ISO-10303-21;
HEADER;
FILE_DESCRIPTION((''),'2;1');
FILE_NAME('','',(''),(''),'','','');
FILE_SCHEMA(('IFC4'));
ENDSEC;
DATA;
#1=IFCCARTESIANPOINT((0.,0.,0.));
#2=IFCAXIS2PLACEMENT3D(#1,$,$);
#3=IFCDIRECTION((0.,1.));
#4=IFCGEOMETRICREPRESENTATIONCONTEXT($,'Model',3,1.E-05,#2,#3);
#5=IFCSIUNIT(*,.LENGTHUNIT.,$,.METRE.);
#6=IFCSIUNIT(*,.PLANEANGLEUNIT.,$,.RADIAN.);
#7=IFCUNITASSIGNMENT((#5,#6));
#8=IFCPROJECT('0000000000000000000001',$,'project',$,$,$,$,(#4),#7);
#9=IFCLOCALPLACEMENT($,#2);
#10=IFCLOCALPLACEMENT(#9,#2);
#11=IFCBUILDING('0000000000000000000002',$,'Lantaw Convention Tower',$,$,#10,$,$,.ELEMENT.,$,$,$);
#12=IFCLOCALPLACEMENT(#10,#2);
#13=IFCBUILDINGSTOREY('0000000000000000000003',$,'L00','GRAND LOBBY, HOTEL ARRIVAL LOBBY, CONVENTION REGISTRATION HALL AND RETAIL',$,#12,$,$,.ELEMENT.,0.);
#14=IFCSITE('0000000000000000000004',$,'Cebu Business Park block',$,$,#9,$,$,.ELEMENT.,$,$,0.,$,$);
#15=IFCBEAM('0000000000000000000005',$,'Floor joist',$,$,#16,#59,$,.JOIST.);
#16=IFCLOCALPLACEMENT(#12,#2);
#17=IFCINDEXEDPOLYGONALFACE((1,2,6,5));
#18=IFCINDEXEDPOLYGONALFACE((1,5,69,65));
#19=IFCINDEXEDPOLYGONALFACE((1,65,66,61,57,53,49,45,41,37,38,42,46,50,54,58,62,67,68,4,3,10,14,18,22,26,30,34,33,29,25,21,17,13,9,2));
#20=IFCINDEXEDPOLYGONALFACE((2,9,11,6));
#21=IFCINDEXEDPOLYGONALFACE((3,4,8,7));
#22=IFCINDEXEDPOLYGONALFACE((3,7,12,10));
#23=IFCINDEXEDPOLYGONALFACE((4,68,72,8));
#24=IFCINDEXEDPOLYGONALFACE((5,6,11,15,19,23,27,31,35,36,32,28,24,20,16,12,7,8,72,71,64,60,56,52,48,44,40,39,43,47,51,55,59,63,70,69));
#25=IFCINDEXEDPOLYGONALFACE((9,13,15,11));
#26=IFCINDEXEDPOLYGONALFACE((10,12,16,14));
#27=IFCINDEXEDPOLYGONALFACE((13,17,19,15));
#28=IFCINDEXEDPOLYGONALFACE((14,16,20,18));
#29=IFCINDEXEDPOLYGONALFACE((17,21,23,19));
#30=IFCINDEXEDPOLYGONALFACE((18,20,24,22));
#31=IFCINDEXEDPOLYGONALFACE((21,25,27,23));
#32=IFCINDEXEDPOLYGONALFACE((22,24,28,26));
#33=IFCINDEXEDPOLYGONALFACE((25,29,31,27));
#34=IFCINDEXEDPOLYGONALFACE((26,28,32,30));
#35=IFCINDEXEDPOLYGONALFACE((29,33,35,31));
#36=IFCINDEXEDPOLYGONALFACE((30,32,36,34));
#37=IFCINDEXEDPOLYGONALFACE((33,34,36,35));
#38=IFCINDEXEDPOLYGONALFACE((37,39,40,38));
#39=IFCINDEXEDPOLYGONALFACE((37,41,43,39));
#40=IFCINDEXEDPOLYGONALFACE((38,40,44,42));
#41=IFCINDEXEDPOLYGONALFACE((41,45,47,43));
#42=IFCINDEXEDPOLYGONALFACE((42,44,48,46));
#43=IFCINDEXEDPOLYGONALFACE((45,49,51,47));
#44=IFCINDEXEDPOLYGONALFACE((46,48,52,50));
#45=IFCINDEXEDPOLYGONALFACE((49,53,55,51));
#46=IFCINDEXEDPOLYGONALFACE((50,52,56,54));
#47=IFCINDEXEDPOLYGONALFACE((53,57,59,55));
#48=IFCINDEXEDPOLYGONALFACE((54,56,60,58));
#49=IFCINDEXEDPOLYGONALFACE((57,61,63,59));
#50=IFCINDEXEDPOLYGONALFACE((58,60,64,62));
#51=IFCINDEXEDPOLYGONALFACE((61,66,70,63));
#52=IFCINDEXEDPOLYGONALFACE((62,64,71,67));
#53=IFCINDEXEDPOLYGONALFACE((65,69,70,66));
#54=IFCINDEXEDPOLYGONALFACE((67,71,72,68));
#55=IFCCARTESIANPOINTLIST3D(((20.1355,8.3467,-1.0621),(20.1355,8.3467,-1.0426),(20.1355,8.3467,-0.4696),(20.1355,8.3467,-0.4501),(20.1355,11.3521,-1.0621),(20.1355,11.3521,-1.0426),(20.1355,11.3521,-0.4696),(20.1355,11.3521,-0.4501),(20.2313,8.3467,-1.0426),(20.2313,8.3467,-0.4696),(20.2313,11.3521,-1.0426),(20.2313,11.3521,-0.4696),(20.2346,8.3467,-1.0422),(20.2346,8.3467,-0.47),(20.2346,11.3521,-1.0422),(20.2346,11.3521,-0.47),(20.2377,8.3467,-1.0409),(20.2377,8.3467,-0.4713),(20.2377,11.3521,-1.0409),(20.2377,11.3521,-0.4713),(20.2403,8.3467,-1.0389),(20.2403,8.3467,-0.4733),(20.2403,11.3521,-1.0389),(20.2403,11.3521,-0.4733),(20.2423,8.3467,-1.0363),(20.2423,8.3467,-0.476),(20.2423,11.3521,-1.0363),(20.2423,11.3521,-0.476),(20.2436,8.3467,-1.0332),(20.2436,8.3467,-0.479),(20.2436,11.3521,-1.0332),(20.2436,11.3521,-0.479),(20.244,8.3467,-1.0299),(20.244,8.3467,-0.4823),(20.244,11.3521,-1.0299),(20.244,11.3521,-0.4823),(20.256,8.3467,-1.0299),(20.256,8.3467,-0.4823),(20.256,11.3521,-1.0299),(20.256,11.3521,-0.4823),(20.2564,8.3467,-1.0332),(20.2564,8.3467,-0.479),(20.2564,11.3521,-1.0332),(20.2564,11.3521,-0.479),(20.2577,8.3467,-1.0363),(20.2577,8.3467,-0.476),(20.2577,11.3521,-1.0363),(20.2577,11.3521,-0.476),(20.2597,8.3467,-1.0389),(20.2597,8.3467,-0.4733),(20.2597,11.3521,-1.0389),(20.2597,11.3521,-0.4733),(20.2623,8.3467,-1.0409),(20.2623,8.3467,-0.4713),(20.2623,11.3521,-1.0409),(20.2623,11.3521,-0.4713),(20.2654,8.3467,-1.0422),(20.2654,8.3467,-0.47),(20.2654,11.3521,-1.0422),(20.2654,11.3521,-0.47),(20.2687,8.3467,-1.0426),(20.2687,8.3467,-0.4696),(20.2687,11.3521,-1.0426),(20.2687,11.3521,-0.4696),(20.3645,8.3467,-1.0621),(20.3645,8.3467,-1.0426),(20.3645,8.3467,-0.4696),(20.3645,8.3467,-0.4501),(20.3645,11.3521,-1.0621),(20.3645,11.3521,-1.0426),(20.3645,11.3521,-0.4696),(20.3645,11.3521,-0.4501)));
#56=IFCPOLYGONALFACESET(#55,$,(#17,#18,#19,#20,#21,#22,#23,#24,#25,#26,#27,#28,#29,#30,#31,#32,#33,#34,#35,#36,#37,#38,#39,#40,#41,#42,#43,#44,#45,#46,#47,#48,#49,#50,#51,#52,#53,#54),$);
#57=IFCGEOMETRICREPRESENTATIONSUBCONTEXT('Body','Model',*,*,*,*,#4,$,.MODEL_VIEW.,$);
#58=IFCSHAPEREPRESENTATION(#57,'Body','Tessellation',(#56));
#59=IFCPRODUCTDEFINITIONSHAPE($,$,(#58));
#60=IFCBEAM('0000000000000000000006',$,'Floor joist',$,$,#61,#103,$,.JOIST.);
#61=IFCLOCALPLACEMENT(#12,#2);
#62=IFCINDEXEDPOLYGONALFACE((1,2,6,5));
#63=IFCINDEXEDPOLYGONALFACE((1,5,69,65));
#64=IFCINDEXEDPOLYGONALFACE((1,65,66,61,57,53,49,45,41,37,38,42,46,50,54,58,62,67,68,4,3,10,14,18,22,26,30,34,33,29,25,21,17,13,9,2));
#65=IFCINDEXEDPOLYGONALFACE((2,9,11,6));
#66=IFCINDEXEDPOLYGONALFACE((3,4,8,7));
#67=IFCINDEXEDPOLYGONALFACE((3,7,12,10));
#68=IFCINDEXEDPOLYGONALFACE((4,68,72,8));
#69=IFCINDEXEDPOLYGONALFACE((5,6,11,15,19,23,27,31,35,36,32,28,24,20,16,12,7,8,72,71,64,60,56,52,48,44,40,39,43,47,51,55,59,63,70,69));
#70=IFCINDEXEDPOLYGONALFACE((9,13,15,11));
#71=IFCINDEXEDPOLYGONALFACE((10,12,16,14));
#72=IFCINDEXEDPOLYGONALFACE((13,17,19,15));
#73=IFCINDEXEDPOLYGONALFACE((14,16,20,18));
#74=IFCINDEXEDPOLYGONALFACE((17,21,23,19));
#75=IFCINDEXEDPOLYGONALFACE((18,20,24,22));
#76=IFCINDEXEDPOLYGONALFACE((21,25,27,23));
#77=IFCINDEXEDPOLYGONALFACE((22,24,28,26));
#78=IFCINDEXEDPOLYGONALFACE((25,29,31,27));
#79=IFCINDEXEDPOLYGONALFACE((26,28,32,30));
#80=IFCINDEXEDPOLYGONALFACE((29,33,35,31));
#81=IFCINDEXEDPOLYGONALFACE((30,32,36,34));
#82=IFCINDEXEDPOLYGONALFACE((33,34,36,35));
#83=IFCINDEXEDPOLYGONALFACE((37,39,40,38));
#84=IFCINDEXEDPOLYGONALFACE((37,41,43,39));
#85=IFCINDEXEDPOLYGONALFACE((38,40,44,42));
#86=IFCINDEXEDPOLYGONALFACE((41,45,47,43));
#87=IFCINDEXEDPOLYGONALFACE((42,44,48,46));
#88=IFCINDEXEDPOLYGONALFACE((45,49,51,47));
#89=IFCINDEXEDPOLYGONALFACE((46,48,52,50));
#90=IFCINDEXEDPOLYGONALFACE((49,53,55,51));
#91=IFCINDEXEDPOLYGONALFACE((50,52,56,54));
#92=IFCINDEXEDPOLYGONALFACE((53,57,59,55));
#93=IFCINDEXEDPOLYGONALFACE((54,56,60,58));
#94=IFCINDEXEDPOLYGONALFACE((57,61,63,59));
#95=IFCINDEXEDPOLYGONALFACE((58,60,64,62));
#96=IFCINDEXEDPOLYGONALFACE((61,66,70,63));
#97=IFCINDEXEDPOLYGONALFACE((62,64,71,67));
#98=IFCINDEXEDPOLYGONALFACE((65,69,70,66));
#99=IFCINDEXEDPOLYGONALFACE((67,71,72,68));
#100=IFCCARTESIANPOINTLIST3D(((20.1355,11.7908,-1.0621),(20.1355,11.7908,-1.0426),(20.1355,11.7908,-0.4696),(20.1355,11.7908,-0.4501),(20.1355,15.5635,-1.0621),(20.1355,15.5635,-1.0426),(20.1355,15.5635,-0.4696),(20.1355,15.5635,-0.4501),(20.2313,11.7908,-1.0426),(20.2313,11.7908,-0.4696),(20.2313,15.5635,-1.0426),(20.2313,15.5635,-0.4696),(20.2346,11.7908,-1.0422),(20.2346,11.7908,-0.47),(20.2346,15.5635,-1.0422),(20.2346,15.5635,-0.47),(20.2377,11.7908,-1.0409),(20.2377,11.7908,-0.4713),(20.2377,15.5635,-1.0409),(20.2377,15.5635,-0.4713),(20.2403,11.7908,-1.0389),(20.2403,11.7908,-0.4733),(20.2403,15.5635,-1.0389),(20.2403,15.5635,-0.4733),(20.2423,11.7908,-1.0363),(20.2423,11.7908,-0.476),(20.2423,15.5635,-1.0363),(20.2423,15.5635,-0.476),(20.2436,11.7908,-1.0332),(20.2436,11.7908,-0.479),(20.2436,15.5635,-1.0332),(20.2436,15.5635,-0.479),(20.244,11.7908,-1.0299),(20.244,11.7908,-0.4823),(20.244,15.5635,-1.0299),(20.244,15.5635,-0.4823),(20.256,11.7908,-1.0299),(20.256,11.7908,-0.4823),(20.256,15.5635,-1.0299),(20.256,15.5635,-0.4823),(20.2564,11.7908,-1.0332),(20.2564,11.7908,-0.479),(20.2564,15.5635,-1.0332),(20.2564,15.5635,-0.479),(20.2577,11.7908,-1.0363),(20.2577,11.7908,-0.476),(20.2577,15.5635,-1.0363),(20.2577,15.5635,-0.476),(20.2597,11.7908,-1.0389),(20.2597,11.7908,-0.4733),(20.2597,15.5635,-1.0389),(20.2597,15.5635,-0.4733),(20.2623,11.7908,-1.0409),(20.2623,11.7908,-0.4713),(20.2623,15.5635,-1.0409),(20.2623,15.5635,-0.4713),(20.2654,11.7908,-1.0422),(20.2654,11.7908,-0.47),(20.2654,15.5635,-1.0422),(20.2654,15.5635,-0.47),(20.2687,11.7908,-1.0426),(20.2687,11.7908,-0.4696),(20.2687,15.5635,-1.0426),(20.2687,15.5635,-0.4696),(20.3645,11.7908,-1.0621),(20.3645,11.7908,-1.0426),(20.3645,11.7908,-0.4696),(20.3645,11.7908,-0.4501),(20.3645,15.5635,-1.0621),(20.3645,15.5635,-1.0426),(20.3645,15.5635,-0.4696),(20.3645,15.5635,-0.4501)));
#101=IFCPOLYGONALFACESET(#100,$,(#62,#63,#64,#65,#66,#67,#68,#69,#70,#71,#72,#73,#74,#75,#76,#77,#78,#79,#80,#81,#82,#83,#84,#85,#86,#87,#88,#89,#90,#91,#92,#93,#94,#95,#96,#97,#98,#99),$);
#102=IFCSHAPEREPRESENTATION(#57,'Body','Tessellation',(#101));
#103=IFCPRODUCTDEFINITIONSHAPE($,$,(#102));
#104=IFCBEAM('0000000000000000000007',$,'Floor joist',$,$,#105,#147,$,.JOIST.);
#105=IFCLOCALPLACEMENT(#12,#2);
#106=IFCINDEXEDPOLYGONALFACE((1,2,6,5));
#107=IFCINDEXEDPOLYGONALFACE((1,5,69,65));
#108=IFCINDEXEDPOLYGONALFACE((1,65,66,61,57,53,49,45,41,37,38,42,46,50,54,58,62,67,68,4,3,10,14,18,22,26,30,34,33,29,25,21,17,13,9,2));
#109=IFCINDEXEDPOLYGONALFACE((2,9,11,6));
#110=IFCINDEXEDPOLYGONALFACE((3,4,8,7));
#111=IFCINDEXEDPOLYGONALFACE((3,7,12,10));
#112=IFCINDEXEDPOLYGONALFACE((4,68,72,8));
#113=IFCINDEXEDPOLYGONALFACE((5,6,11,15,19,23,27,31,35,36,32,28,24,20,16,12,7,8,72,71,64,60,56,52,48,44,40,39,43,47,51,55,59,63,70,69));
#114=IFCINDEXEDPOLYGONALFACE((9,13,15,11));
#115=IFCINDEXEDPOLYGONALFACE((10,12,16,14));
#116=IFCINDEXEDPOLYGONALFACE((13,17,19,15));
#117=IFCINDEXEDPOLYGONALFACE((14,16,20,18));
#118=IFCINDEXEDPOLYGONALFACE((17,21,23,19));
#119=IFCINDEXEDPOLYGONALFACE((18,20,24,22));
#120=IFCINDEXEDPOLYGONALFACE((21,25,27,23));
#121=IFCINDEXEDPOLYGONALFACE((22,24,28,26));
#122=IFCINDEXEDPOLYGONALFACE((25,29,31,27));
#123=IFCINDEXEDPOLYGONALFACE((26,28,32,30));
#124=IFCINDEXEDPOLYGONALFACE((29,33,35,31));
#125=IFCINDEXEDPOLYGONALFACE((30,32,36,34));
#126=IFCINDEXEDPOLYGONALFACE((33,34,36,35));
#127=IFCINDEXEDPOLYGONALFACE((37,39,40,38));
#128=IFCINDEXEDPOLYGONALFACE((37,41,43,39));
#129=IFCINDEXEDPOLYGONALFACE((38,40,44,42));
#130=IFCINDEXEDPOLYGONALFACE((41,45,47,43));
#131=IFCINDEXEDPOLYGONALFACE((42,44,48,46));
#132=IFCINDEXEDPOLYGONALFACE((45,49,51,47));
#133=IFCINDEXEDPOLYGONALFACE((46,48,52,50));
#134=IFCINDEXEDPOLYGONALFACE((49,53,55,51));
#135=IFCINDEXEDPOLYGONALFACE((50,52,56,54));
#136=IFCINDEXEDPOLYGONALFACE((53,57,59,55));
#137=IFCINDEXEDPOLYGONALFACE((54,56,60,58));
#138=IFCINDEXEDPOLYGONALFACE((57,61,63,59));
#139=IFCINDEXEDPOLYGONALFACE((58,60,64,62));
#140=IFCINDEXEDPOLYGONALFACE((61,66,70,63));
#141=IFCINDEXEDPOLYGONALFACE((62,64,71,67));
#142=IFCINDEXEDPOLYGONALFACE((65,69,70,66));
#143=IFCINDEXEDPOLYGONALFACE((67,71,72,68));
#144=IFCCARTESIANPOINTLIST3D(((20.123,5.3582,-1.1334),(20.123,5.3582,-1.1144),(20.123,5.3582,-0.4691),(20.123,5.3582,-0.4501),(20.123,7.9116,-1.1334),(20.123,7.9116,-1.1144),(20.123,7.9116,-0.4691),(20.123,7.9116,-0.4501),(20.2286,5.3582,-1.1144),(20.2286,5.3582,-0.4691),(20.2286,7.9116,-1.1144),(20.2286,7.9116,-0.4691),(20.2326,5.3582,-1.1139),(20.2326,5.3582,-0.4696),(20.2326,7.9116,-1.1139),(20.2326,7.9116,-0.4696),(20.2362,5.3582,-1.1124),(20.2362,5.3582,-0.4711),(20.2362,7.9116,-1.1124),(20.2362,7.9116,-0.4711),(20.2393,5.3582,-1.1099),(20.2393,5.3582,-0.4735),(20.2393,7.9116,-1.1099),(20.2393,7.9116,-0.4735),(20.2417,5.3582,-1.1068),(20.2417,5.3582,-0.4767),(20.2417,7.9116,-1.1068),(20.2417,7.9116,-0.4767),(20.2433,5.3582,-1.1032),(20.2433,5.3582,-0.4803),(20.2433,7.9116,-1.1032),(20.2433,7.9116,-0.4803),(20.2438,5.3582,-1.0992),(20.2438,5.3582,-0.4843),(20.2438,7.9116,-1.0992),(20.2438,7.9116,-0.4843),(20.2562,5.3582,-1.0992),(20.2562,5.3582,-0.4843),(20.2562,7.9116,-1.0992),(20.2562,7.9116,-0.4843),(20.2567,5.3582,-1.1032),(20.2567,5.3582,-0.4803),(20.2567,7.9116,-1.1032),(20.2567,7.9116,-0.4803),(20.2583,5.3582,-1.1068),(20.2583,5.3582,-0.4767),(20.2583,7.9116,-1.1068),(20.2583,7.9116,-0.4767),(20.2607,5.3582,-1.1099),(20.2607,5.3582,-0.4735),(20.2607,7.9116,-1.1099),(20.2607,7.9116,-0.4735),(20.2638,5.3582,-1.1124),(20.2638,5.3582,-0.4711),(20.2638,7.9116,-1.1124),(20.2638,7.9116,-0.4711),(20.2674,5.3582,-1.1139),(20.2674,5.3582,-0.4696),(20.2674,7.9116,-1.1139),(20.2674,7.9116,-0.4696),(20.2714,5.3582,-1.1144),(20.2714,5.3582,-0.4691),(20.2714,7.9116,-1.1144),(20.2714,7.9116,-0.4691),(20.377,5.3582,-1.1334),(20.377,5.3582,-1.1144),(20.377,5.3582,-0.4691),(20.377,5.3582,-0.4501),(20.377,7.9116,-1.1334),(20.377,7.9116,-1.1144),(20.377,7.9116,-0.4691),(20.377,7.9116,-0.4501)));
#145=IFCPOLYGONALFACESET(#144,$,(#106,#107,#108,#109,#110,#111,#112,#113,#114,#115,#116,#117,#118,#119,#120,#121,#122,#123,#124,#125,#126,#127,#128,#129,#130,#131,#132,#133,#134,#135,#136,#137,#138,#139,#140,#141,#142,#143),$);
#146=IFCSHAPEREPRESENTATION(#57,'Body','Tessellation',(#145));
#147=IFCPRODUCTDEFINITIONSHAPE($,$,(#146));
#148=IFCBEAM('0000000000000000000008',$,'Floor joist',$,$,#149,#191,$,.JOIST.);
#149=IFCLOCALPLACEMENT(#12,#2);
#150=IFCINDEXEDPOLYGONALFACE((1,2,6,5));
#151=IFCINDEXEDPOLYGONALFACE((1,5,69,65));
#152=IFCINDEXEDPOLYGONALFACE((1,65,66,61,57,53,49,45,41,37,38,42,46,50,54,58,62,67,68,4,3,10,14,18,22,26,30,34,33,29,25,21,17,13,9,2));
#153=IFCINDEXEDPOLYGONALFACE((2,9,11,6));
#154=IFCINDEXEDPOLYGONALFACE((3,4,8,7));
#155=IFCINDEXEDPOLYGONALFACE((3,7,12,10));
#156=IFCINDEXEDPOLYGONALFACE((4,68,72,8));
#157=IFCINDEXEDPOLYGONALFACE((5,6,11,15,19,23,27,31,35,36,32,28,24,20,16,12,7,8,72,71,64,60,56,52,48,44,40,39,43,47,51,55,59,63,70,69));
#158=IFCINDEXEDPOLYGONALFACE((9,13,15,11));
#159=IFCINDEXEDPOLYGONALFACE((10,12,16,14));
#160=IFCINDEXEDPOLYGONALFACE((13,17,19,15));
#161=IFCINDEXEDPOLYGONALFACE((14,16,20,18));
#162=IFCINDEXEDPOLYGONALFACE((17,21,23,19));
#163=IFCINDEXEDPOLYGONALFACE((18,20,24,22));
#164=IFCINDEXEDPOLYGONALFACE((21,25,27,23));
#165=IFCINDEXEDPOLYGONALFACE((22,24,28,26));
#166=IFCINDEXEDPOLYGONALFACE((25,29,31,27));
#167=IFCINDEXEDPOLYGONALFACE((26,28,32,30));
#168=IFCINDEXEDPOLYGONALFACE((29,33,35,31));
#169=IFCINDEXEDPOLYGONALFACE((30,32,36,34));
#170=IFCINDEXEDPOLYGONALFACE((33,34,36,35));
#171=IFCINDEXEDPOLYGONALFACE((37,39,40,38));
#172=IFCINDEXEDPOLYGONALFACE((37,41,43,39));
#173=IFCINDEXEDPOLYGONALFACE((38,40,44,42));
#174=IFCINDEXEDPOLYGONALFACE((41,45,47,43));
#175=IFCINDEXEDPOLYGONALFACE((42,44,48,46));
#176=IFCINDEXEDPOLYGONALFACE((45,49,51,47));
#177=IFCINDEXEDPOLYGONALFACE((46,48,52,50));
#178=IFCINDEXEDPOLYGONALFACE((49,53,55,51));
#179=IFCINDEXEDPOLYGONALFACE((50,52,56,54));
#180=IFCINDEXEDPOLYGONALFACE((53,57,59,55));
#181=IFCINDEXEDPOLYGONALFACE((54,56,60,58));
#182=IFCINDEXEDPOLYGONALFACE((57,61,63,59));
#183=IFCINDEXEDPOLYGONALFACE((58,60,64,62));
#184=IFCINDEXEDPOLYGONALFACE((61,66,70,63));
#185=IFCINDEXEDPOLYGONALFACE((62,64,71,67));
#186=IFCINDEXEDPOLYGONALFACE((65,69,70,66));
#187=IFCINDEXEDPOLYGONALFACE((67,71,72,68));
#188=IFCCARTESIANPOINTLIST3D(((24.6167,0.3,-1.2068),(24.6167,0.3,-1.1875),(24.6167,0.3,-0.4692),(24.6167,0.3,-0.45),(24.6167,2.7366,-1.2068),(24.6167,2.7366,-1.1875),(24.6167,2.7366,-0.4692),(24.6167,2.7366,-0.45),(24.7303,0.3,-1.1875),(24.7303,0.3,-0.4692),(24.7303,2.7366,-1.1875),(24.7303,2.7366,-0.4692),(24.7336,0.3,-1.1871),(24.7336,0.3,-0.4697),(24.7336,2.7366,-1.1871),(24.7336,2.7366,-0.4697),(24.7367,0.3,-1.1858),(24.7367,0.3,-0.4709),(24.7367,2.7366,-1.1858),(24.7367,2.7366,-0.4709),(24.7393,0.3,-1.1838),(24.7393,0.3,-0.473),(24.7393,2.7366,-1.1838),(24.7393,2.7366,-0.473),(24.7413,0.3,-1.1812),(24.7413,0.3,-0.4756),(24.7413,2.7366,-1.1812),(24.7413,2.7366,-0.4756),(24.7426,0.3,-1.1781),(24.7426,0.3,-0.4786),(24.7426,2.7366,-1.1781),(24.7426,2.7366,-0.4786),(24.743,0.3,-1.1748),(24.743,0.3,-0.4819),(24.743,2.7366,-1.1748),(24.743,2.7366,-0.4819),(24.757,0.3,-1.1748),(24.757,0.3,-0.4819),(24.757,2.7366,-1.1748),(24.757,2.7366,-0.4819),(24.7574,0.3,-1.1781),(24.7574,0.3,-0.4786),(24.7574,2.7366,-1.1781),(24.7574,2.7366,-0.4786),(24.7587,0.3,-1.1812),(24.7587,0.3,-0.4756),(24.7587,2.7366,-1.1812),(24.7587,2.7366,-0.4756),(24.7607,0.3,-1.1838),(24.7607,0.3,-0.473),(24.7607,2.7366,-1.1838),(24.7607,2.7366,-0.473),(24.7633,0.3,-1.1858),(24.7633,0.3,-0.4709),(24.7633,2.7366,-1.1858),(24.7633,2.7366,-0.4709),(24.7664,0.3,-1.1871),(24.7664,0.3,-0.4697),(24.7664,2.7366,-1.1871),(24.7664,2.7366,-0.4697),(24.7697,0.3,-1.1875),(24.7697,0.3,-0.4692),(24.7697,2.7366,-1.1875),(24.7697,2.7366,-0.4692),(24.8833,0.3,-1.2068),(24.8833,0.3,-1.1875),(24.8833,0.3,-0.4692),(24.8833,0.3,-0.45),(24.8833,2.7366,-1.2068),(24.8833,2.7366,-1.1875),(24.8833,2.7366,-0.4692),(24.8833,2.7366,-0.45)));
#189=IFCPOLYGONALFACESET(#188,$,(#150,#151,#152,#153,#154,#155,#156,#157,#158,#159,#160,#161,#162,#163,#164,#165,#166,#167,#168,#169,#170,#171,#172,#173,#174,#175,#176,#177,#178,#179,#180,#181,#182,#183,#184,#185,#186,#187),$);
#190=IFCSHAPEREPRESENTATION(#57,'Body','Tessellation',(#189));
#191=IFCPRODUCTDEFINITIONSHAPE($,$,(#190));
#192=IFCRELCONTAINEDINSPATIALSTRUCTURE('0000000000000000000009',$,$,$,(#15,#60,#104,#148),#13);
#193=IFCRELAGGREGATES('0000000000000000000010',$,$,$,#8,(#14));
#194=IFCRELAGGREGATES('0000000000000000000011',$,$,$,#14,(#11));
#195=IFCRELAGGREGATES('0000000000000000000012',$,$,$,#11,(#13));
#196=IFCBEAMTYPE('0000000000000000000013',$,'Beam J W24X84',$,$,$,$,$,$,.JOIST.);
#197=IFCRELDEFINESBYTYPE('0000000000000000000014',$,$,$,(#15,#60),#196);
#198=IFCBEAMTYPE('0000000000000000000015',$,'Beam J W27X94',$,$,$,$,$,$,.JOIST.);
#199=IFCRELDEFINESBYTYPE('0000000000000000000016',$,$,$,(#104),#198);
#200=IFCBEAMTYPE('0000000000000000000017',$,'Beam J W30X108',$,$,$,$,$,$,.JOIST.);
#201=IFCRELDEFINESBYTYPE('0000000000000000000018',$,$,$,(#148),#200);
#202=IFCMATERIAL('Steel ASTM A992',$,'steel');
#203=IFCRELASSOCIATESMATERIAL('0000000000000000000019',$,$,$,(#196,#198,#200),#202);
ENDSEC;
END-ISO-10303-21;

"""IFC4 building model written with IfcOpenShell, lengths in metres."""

from ifc_helpers import new_model, si_unit, direction, frame, origin, origin_2d, place, context, subcontext, project, spatial, i_section, extrude, material, material_profile, profile_set, type_object, element, save


model = new_model("IFC4")

# Units and contexts
model_context = context("Model", 3, precision=1e-05, world=origin(), true_north=direction((0.0, 1.0)))
body_context = subcontext(model_context, "Body", "Model", "MODEL_VIEW")
ifc_project = project(units=[si_unit("LENGTHUNIT", "METRE"), si_unit("PLANEANGLEUNIT", "RADIAN")], contexts=[model_context])

# Site, building, storey
site_placement = place(None, origin())
site = spatial("IfcSite", under=ifc_project, at=site_placement, Name="Cebu Business Park block", CompositionType="ELEMENT", RefElevation=0.0)
building_placement = place(site_placement, origin())
building = spatial("IfcBuilding", under=site, at=building_placement, Name="Lantaw Convention Tower", CompositionType="ELEMENT")
storey_placement = place(building_placement, origin())
storey = spatial("IfcBuildingStorey", under=building, at=storey_placement, Name="L00", Description="GRAND LOBBY, HOTEL ARRIVAL LOBBY, CONVENTION REGISTRATION HALL AND RETAIL", CompositionType="ELEMENT", Elevation=0.0)

# Beams
ifc_material_1 = material(Name="Steel ASTM A992", Category="steel")
ifc_material_profile_1 = material_profile(ifc_material_1, i_section(OverallWidth=0.229, OverallDepth=0.6121, WebThickness=0.012, FlangeThickness=0.0195, FilletRadius=0.0127, at=origin_2d()), Name="W24X84")
ifc_profile_set_1 = profile_set([ifc_material_profile_1], Name="Steel ASTM A992")
beam_type_1 = type_object("IfcBeamType", Name="Beam J W24X84", PredefinedType="JOIST", material=ifc_profile_set_1)
beam_1_placement = place(storey_placement, frame((20.25, 8.3467, -0.7561), z_axis=(0.0, 1.0, 0.0), x_axis=(-1.0, 0.0, 0.0)))
element("IfcBeam", 1, at=beam_1_placement, inside=storey, type_object=beam_type_1, Name="Floor joist", PredefinedType="JOIST", context=body_context, shape_type="SweptSolid", body=[
    extrude(i_section(OverallWidth=0.229, OverallDepth=0.6121, WebThickness=0.012, FlangeThickness=0.0195, FilletRadius=0.0127, at=origin_2d()), origin(), (0.0, 0.0, 1.0), 3.0054),
])
beam_2_placement = place(storey_placement, frame((20.25, 11.7908, -0.7561), z_axis=(0.0, 1.0, 0.0), x_axis=(-1.0, 0.0, 0.0)))
element("IfcBeam", 2, at=beam_2_placement, inside=storey, type_object=beam_type_1, Name="Floor joist", PredefinedType="JOIST", context=body_context, shape_type="SweptSolid", body=[
    extrude(i_section(OverallWidth=0.229, OverallDepth=0.6121, WebThickness=0.012, FlangeThickness=0.0195, FilletRadius=0.0127, at=origin_2d()), origin(), (0.0, 0.0, 1.0), 3.7727),
])
ifc_material_profile_2 = material_profile(ifc_material_1, i_section(OverallWidth=0.2539, OverallDepth=0.6833, WebThickness=0.0125, FlangeThickness=0.019, FilletRadius=0.0151, at=origin_2d()), Name="W27X94")
ifc_profile_set_2 = profile_set([ifc_material_profile_2], Name="Steel ASTM A992")
beam_type_2 = type_object("IfcBeamType", Name="Beam J W27X94", PredefinedType="JOIST", material=ifc_profile_set_2)
beam_3_placement = place(storey_placement, frame((20.25, 5.3582, -0.7917), z_axis=(0.0, 1.0, 0.0), x_axis=(-1.0, 0.0, 0.0)))
element("IfcBeam", 3, at=beam_3_placement, inside=storey, type_object=beam_type_2, Name="Floor joist", PredefinedType="JOIST", context=body_context, shape_type="SweptSolid", body=[
    extrude(i_section(OverallWidth=0.2539, OverallDepth=0.6833, WebThickness=0.0125, FlangeThickness=0.019, FilletRadius=0.0151, at=origin_2d()), origin(), (0.0, 0.0, 1.0), 2.5535),
])
ifc_material_profile_3 = material_profile(ifc_material_1, i_section(OverallWidth=0.2666, OverallDepth=0.7568, WebThickness=0.0139, FlangeThickness=0.0193, FilletRadius=0.0127, at=origin_2d()), Name="W30X108")
ifc_profile_set_3 = profile_set([ifc_material_profile_3], Name="Steel ASTM A992")
beam_type_3 = type_object("IfcBeamType", Name="Beam J W30X108", PredefinedType="JOIST", material=ifc_profile_set_3)
beam_4_placement = place(storey_placement, frame((24.75, 0.3, -0.8284), z_axis=(0.0, 1.0, 0.0), x_axis=(-1.0, 0.0, 0.0)))
element("IfcBeam", 4, at=beam_4_placement, inside=storey, type_object=beam_type_3, Name="Floor joist", PredefinedType="JOIST", context=body_context, shape_type="SweptSolid", body=[
    extrude(i_section(OverallWidth=0.2666, OverallDepth=0.7568, WebThickness=0.0139, FlangeThickness=0.0193, FilletRadius=0.0127, at=origin_2d()), origin(), (0.0, 0.0, 1.0), 2.4365),
])

save(model, "model.ifc")
